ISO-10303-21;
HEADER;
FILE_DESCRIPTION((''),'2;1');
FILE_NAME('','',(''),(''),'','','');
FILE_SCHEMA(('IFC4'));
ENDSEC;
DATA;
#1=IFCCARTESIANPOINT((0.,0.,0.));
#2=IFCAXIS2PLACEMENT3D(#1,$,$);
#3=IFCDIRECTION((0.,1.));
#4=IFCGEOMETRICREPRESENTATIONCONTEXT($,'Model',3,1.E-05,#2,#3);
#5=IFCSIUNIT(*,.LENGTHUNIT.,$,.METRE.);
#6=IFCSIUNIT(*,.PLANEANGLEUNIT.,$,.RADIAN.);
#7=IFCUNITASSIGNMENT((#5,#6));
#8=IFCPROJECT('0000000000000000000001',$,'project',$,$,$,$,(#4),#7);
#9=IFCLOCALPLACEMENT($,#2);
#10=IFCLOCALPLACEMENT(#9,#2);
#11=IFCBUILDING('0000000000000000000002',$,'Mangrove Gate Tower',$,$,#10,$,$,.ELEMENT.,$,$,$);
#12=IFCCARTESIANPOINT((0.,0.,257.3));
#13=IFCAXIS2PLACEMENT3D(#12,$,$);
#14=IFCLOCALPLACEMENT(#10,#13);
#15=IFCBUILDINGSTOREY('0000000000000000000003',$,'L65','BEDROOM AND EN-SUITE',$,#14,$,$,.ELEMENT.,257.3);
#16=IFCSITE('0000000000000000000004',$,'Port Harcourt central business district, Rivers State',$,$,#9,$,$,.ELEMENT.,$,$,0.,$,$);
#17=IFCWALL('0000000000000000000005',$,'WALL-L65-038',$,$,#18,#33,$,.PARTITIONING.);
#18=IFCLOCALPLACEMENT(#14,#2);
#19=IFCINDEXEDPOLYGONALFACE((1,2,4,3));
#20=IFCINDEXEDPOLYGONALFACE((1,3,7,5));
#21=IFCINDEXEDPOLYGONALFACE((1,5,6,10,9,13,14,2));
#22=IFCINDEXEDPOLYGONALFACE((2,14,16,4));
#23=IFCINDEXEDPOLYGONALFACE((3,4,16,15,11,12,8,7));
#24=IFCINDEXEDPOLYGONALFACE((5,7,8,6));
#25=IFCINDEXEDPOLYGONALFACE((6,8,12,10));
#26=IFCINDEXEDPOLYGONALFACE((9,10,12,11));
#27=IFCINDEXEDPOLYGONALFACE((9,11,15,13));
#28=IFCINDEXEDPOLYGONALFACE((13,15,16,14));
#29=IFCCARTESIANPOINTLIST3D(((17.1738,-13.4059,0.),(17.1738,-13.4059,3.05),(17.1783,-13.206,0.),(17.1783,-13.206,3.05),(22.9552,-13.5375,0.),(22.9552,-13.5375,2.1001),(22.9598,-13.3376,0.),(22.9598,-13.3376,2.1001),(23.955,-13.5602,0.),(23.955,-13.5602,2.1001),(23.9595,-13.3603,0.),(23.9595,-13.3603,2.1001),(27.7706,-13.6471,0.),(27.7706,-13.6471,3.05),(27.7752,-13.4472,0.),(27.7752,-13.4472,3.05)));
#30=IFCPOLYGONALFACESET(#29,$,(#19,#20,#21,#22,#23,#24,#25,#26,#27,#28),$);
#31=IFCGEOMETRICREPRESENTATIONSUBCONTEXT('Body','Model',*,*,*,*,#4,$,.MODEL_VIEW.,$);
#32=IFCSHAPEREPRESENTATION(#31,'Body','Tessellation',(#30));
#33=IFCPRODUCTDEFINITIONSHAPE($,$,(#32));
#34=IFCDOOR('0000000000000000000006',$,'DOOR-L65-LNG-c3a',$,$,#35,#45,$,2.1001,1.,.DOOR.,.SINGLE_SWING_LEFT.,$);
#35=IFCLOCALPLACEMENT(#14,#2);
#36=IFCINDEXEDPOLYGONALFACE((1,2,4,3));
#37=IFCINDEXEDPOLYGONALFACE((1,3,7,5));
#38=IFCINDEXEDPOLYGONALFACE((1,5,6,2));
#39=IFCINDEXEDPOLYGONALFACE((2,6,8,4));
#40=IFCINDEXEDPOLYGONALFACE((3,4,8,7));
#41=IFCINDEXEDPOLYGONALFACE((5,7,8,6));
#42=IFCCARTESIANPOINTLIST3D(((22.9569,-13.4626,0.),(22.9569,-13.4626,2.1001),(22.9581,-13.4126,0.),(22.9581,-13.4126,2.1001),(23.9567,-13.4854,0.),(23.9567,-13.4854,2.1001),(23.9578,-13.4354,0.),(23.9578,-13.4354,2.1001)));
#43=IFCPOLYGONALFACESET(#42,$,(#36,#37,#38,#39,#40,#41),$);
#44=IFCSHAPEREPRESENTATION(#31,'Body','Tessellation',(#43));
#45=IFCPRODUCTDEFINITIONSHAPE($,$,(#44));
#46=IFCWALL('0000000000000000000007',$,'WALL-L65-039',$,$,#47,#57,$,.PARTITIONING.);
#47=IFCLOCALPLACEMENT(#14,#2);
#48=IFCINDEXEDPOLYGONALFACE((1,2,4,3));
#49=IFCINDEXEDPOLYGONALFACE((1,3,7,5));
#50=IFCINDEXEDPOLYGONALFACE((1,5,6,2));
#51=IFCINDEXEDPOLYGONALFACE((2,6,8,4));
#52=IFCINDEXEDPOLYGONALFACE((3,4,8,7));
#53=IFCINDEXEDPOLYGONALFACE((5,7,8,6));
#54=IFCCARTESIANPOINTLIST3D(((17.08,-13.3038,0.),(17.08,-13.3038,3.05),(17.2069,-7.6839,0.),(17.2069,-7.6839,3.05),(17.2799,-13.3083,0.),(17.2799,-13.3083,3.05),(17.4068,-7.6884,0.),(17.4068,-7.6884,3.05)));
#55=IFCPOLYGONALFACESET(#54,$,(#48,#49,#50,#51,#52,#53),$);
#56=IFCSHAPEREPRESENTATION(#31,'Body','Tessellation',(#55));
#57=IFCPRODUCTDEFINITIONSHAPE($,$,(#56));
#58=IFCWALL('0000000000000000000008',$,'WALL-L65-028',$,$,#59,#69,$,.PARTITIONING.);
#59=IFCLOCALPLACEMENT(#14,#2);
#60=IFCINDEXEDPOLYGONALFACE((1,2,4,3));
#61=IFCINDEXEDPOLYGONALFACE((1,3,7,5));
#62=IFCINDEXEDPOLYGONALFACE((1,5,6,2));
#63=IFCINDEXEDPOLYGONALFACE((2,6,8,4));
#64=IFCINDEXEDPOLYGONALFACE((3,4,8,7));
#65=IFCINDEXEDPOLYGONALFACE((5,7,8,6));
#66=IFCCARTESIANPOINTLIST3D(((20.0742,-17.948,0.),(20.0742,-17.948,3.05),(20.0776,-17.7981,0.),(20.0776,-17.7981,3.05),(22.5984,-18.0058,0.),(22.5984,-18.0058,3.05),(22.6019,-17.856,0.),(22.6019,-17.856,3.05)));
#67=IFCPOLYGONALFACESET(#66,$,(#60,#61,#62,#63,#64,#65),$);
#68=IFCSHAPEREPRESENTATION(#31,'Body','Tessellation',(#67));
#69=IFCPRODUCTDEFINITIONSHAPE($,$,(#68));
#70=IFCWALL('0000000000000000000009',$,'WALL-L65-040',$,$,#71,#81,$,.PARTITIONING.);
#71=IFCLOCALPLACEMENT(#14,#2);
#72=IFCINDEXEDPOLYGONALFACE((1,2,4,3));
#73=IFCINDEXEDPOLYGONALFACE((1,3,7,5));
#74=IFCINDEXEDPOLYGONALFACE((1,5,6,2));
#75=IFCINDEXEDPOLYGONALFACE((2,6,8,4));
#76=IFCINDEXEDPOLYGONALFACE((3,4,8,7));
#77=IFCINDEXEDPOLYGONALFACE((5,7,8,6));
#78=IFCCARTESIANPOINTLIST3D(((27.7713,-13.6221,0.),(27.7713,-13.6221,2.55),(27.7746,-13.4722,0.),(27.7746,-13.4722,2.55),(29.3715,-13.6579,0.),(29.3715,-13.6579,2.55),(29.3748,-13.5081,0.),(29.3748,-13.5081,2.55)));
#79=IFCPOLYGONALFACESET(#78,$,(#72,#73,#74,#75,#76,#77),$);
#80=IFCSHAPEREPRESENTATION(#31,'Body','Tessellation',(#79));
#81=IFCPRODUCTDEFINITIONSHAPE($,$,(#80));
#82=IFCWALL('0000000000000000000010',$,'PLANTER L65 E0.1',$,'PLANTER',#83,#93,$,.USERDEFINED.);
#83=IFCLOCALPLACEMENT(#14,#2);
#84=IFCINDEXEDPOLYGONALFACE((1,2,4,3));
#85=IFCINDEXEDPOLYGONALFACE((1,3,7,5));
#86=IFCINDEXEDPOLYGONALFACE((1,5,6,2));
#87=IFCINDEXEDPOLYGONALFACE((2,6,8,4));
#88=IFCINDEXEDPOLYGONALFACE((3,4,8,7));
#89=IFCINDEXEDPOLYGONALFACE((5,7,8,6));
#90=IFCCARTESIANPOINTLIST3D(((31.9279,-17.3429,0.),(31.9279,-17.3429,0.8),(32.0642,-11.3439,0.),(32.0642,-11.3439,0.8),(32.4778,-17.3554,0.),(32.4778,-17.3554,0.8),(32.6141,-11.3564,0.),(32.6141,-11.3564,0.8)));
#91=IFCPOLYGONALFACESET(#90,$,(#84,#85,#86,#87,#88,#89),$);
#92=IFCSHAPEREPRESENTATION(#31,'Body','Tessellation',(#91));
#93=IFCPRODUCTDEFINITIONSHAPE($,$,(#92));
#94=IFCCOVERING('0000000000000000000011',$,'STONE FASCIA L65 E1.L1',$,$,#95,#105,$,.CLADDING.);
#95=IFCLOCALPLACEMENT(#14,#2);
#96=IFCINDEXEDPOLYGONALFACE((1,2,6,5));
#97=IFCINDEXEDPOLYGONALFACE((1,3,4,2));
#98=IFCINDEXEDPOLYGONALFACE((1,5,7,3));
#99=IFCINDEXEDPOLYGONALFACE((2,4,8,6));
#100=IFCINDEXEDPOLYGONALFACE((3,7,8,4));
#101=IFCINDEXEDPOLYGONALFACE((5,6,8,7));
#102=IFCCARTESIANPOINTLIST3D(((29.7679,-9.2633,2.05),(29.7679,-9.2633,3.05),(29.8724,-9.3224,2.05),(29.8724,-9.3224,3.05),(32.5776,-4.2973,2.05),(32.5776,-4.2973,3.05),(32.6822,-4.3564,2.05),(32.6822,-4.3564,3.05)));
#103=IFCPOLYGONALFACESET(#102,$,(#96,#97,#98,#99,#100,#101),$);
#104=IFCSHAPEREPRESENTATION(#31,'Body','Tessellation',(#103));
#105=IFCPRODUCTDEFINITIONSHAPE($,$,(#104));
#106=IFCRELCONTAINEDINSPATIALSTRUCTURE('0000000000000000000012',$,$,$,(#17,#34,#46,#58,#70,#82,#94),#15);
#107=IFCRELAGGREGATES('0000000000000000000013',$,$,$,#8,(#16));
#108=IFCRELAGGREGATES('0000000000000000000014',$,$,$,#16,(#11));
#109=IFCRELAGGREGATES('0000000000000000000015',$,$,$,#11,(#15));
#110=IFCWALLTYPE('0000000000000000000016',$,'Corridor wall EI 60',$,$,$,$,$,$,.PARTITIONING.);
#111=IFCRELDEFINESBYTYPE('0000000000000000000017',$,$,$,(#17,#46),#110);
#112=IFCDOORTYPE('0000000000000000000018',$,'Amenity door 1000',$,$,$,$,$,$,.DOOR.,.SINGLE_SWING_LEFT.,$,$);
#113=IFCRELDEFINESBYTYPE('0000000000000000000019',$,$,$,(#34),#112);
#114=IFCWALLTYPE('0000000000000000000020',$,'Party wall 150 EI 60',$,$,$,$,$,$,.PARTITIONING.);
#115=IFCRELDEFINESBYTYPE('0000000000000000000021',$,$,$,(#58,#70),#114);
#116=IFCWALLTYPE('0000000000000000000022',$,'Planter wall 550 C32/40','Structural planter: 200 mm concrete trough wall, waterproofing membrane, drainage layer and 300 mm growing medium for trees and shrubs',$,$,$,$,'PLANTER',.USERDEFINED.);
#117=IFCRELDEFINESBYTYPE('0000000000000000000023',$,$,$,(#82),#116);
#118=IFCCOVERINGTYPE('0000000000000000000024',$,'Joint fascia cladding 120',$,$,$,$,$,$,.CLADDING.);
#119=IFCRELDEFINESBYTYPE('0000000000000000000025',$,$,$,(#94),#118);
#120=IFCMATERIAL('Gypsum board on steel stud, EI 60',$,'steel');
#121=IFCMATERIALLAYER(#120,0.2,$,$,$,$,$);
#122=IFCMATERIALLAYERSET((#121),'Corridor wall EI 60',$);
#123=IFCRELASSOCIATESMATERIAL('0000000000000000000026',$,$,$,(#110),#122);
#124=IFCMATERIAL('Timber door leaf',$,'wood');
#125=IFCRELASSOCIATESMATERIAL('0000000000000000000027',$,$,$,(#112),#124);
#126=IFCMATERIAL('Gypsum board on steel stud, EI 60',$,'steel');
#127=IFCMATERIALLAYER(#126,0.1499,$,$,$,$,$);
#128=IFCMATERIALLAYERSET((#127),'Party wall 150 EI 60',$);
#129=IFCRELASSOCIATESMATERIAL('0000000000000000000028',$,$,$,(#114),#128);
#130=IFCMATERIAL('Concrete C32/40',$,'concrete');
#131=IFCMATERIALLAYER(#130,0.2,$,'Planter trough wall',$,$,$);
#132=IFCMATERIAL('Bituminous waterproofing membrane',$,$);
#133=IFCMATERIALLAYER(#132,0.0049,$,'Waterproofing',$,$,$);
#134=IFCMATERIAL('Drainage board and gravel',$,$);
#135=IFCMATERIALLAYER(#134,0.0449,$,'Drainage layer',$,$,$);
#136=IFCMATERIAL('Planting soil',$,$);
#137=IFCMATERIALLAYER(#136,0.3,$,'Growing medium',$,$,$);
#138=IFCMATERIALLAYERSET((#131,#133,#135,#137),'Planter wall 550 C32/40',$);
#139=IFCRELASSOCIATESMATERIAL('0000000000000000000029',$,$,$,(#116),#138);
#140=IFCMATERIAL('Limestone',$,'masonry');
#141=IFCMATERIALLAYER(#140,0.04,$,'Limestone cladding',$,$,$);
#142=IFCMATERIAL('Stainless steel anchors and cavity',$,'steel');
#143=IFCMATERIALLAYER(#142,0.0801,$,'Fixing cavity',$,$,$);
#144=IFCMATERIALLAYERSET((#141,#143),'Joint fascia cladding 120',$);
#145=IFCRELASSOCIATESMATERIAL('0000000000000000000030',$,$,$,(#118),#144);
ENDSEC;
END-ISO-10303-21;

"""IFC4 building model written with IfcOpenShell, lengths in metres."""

from ifc_helpers import new_model, si_unit, direction, frame, frame_2d, origin, place, context, subcontext, project, spatial, rectangle, extrude, material, layer, layer_set, type_object, element, fill, save


model = new_model("IFC4")

# Units and contexts
model_context = context("Model", 3, precision=1e-05, world=origin(), true_north=direction((0.0, 1.0)))
body_context = subcontext(model_context, "Body", "Model", "MODEL_VIEW")
ifc_project = project(units=[si_unit("LENGTHUNIT", "METRE"), si_unit("PLANEANGLEUNIT", "RADIAN")], contexts=[model_context])

# Site, building, storey
site_placement = place(None, origin())
site = spatial("IfcSite", under=ifc_project, at=site_placement, Name="Port Harcourt central business district, Rivers State", CompositionType="ELEMENT", RefElevation=0.0)
building_placement = place(site_placement, origin())
building = spatial("IfcBuilding", under=site, at=building_placement, Name="Mangrove Gate Tower", CompositionType="ELEMENT")
storey_placement = place(building_placement, frame((0.0, 0.0, 257.3)))
storey = spatial("IfcBuildingStorey", under=building, at=storey_placement, Name="L65", Description="BEDROOM AND EN-SUITE", CompositionType="ELEMENT", Elevation=257.3)

# Shared definitions
ifc_material_1 = material(Name="Gypsum board on steel stud, EI 60", Category="steel")
ifc_layer_1 = layer(ifc_material_1, 0.2)
ifc_layer_set_1 = layer_set([ifc_layer_1], Name="Corridor wall EI 60")
wall_type_1 = type_object("IfcWallType", Name="Corridor wall EI 60", PredefinedType="PARTITIONING", material=ifc_layer_set_1)

# Wall, opening, door
wall_1_placement = place(storey_placement, frame((17.176, -13.3059, 0.0), z_axis=(0.0, 0.0, 1.0), x_axis=(0.999741, -0.022756, 0.0)))
wall_1 = element("IfcWall", 1, at=wall_1_placement, inside=storey, type_object=wall_type_1, Name="WALL-L65-038", PredefinedType="PARTITIONING", context=body_context, shape_type="SweptSolid", body=[
    extrude(rectangle(XDim=10.5996, YDim=0.2, at=frame_2d((5.2998, 0.0))), origin(), (0.0, 0.0, 1.0), 3.05),
])
opening_placement = place(wall_1_placement, frame((5.783, 0.0, 0.0)))
opening = element("IfcOpeningElement", 2, at=opening_placement, cuts=wall_1, PredefinedType="OPENING", context=body_context, shape_type="SweptSolid", body=[
    extrude(rectangle(XDim=1.0, YDim=2.1001, at=frame_2d((0.5, 1.05))), frame((0.0, 0.1099, 0.0), z_axis=(0.0, -1.0, 0.0), x_axis=(1.0, 0.0, 0.0)), (0.0, 0.0, 1.0), 0.22),
])
ifc_material_2 = material(Name="Timber door leaf", Category="wood")
door_type = type_object("IfcDoorType", Name="Amenity door 1000", OperationType="SINGLE_SWING_LEFT", PredefinedType="DOOR", material=ifc_material_2)
door_placement = place(opening_placement, origin())
door = element("IfcDoor", 3, at=door_placement, inside=storey, type_object=door_type, Name="DOOR-L65-LNG-c3a", OperationType="SINGLE_SWING_LEFT", OverallHeight=2.1001, OverallWidth=1.0, PredefinedType="DOOR", context=body_context, shape_type="SweptSolid", body=[
    extrude(rectangle(XDim=1.0, YDim=2.1001, at=frame_2d((0.5, 1.05))), frame((0.0, 0.0249, 0.0), z_axis=(0.0, -1.0, 0.0), x_axis=(1.0, 0.0, 0.0)), (0.0, 0.0, 1.0), 0.05),
])
fill(opening, door)

# Walls
wall_2_placement = place(storey_placement, frame((17.1799, -13.3059, 0.0), z_axis=(0.0, 0.0, 1.0), x_axis=(0.022584, 0.999745, 0.0)))
element("IfcWall", 4, at=wall_2_placement, inside=storey, type_object=wall_type_1, Name="WALL-L65-039", PredefinedType="PARTITIONING", context=body_context, shape_type="SweptSolid", body=[
    extrude(rectangle(XDim=5.6213, YDim=0.2, at=frame_2d((2.8105, 0.0))), origin(), (0.0, 0.0, 1.0), 3.05),
])
ifc_material_3 = material(Name="Gypsum board on steel stud, EI 60", Category="steel")
ifc_layer_2 = layer(ifc_material_3, 0.1499)
ifc_layer_set_2 = layer_set([ifc_layer_2], Name="Party wall 150 EI 60")
wall_type_2 = type_object("IfcWallType", Name="Party wall 150 EI 60", PredefinedType="PARTITIONING", material=ifc_layer_set_2)
wall_3_placement = place(storey_placement, frame((20.0759, -17.873, 0.0), z_axis=(0.0, 0.0, 1.0), x_axis=(0.999737, -0.022917, 0.0)))
element("IfcWall", 5, at=wall_3_placement, inside=storey, type_object=wall_type_2, Name="WALL-L65-028", PredefinedType="PARTITIONING", context=body_context, shape_type="SweptSolid", body=[
    extrude(rectangle(XDim=2.5249, YDim=0.1499, at=frame_2d((1.2625, 0.0))), origin(), (0.0, 0.0, 1.0), 3.05),
])
wall_4_placement = place(storey_placement, frame((27.7729, -13.5471, 0.0), z_axis=(0.0, 0.0, 1.0), x_axis=(0.999749, -0.022423, 0.0)))
element("IfcWall", 6, at=wall_4_placement, inside=storey, type_object=wall_type_2, Name="WALL-L65-040", PredefinedType="PARTITIONING", context=body_context, shape_type="SweptSolid", body=[
    extrude(rectangle(XDim=1.6006, YDim=0.1499, at=frame_2d((0.8003, 0.0))), origin(), (0.0, 0.0, 1.0), 2.55),
])
ifc_material_4 = material(Name="Concrete C32/40", Category="concrete")
ifc_layer_3 = layer(ifc_material_4, 0.2, Name="Planter trough wall")
ifc_material_5 = material(Name="Bituminous waterproofing membrane")
ifc_layer_4 = layer(ifc_material_5, 0.0049, Name="Waterproofing")
ifc_material_6 = material(Name="Drainage board and gravel")
ifc_layer_5 = layer(ifc_material_6, 0.0449, Name="Drainage layer")
ifc_material_7 = material(Name="Planting soil")
ifc_layer_6 = layer(ifc_material_7, 0.3, Name="Growing medium")
ifc_layer_set_3 = layer_set([ifc_layer_3, ifc_layer_4, ifc_layer_5, ifc_layer_6], Name="Planter wall 550 C32/40")
wall_type_3 = type_object("IfcWallType", Name="Planter wall 550 C32/40", Description="Structural planter: 200 mm concrete trough wall, waterproofing membrane, drainage layer and 300 mm growing medium for trees and shrubs", ElementType="PLANTER", PredefinedType="USERDEFINED", material=ifc_layer_set_3)
wall_5_placement = place(storey_placement, frame((32.2029, -17.3491, 0.0), z_axis=(0.0, 0.0, 1.0), x_axis=(0.022703, 0.999742, 0.0)))
element("IfcWall", 7, at=wall_5_placement, inside=storey, type_object=wall_type_3, Name="PLANTER L65 E0.1", ObjectType="PLANTER", PredefinedType="USERDEFINED", context=body_context, shape_type="SweptSolid", body=[
    extrude(rectangle(XDim=6.0005, YDim=0.55, at=frame_2d((3.0002, 0.0))), origin(), (0.0, 0.0, 1.0), 0.8),
])

# Covering
ifc_material_8 = material(Name="Limestone", Category="masonry")
ifc_layer_7 = layer(ifc_material_8, 0.04, Name="Limestone cladding")
ifc_material_9 = material(Name="Stainless steel anchors and cavity", Category="steel")
ifc_layer_8 = layer(ifc_material_9, 0.0801, Name="Fixing cavity")
ifc_layer_set_4 = layer_set([ifc_layer_7, ifc_layer_8], Name="Joint fascia cladding 120")
covering_type = type_object("IfcCoveringType", Name="Joint fascia cladding 120", PredefinedType="CLADDING", material=ifc_layer_set_4)
covering_placement = place(storey_placement, frame((29.8201, -9.293, 2.05), z_axis=(0.0, 0.0, 1.0), x_axis=(0.492444, 0.870344, 0.0)))
element("IfcCovering", 8, at=covering_placement, inside=storey, type_object=covering_type, Name="STONE FASCIA L65 E1.L1", PredefinedType="CLADDING", context=body_context, shape_type="SweptSolid", body=[
    extrude(rectangle(XDim=5.7058, YDim=0.1201, at=frame_2d((2.853, 0.0))), origin(), (0.0, 0.0, 1.0), 1.0),
])

save(model, "model.ifc")
